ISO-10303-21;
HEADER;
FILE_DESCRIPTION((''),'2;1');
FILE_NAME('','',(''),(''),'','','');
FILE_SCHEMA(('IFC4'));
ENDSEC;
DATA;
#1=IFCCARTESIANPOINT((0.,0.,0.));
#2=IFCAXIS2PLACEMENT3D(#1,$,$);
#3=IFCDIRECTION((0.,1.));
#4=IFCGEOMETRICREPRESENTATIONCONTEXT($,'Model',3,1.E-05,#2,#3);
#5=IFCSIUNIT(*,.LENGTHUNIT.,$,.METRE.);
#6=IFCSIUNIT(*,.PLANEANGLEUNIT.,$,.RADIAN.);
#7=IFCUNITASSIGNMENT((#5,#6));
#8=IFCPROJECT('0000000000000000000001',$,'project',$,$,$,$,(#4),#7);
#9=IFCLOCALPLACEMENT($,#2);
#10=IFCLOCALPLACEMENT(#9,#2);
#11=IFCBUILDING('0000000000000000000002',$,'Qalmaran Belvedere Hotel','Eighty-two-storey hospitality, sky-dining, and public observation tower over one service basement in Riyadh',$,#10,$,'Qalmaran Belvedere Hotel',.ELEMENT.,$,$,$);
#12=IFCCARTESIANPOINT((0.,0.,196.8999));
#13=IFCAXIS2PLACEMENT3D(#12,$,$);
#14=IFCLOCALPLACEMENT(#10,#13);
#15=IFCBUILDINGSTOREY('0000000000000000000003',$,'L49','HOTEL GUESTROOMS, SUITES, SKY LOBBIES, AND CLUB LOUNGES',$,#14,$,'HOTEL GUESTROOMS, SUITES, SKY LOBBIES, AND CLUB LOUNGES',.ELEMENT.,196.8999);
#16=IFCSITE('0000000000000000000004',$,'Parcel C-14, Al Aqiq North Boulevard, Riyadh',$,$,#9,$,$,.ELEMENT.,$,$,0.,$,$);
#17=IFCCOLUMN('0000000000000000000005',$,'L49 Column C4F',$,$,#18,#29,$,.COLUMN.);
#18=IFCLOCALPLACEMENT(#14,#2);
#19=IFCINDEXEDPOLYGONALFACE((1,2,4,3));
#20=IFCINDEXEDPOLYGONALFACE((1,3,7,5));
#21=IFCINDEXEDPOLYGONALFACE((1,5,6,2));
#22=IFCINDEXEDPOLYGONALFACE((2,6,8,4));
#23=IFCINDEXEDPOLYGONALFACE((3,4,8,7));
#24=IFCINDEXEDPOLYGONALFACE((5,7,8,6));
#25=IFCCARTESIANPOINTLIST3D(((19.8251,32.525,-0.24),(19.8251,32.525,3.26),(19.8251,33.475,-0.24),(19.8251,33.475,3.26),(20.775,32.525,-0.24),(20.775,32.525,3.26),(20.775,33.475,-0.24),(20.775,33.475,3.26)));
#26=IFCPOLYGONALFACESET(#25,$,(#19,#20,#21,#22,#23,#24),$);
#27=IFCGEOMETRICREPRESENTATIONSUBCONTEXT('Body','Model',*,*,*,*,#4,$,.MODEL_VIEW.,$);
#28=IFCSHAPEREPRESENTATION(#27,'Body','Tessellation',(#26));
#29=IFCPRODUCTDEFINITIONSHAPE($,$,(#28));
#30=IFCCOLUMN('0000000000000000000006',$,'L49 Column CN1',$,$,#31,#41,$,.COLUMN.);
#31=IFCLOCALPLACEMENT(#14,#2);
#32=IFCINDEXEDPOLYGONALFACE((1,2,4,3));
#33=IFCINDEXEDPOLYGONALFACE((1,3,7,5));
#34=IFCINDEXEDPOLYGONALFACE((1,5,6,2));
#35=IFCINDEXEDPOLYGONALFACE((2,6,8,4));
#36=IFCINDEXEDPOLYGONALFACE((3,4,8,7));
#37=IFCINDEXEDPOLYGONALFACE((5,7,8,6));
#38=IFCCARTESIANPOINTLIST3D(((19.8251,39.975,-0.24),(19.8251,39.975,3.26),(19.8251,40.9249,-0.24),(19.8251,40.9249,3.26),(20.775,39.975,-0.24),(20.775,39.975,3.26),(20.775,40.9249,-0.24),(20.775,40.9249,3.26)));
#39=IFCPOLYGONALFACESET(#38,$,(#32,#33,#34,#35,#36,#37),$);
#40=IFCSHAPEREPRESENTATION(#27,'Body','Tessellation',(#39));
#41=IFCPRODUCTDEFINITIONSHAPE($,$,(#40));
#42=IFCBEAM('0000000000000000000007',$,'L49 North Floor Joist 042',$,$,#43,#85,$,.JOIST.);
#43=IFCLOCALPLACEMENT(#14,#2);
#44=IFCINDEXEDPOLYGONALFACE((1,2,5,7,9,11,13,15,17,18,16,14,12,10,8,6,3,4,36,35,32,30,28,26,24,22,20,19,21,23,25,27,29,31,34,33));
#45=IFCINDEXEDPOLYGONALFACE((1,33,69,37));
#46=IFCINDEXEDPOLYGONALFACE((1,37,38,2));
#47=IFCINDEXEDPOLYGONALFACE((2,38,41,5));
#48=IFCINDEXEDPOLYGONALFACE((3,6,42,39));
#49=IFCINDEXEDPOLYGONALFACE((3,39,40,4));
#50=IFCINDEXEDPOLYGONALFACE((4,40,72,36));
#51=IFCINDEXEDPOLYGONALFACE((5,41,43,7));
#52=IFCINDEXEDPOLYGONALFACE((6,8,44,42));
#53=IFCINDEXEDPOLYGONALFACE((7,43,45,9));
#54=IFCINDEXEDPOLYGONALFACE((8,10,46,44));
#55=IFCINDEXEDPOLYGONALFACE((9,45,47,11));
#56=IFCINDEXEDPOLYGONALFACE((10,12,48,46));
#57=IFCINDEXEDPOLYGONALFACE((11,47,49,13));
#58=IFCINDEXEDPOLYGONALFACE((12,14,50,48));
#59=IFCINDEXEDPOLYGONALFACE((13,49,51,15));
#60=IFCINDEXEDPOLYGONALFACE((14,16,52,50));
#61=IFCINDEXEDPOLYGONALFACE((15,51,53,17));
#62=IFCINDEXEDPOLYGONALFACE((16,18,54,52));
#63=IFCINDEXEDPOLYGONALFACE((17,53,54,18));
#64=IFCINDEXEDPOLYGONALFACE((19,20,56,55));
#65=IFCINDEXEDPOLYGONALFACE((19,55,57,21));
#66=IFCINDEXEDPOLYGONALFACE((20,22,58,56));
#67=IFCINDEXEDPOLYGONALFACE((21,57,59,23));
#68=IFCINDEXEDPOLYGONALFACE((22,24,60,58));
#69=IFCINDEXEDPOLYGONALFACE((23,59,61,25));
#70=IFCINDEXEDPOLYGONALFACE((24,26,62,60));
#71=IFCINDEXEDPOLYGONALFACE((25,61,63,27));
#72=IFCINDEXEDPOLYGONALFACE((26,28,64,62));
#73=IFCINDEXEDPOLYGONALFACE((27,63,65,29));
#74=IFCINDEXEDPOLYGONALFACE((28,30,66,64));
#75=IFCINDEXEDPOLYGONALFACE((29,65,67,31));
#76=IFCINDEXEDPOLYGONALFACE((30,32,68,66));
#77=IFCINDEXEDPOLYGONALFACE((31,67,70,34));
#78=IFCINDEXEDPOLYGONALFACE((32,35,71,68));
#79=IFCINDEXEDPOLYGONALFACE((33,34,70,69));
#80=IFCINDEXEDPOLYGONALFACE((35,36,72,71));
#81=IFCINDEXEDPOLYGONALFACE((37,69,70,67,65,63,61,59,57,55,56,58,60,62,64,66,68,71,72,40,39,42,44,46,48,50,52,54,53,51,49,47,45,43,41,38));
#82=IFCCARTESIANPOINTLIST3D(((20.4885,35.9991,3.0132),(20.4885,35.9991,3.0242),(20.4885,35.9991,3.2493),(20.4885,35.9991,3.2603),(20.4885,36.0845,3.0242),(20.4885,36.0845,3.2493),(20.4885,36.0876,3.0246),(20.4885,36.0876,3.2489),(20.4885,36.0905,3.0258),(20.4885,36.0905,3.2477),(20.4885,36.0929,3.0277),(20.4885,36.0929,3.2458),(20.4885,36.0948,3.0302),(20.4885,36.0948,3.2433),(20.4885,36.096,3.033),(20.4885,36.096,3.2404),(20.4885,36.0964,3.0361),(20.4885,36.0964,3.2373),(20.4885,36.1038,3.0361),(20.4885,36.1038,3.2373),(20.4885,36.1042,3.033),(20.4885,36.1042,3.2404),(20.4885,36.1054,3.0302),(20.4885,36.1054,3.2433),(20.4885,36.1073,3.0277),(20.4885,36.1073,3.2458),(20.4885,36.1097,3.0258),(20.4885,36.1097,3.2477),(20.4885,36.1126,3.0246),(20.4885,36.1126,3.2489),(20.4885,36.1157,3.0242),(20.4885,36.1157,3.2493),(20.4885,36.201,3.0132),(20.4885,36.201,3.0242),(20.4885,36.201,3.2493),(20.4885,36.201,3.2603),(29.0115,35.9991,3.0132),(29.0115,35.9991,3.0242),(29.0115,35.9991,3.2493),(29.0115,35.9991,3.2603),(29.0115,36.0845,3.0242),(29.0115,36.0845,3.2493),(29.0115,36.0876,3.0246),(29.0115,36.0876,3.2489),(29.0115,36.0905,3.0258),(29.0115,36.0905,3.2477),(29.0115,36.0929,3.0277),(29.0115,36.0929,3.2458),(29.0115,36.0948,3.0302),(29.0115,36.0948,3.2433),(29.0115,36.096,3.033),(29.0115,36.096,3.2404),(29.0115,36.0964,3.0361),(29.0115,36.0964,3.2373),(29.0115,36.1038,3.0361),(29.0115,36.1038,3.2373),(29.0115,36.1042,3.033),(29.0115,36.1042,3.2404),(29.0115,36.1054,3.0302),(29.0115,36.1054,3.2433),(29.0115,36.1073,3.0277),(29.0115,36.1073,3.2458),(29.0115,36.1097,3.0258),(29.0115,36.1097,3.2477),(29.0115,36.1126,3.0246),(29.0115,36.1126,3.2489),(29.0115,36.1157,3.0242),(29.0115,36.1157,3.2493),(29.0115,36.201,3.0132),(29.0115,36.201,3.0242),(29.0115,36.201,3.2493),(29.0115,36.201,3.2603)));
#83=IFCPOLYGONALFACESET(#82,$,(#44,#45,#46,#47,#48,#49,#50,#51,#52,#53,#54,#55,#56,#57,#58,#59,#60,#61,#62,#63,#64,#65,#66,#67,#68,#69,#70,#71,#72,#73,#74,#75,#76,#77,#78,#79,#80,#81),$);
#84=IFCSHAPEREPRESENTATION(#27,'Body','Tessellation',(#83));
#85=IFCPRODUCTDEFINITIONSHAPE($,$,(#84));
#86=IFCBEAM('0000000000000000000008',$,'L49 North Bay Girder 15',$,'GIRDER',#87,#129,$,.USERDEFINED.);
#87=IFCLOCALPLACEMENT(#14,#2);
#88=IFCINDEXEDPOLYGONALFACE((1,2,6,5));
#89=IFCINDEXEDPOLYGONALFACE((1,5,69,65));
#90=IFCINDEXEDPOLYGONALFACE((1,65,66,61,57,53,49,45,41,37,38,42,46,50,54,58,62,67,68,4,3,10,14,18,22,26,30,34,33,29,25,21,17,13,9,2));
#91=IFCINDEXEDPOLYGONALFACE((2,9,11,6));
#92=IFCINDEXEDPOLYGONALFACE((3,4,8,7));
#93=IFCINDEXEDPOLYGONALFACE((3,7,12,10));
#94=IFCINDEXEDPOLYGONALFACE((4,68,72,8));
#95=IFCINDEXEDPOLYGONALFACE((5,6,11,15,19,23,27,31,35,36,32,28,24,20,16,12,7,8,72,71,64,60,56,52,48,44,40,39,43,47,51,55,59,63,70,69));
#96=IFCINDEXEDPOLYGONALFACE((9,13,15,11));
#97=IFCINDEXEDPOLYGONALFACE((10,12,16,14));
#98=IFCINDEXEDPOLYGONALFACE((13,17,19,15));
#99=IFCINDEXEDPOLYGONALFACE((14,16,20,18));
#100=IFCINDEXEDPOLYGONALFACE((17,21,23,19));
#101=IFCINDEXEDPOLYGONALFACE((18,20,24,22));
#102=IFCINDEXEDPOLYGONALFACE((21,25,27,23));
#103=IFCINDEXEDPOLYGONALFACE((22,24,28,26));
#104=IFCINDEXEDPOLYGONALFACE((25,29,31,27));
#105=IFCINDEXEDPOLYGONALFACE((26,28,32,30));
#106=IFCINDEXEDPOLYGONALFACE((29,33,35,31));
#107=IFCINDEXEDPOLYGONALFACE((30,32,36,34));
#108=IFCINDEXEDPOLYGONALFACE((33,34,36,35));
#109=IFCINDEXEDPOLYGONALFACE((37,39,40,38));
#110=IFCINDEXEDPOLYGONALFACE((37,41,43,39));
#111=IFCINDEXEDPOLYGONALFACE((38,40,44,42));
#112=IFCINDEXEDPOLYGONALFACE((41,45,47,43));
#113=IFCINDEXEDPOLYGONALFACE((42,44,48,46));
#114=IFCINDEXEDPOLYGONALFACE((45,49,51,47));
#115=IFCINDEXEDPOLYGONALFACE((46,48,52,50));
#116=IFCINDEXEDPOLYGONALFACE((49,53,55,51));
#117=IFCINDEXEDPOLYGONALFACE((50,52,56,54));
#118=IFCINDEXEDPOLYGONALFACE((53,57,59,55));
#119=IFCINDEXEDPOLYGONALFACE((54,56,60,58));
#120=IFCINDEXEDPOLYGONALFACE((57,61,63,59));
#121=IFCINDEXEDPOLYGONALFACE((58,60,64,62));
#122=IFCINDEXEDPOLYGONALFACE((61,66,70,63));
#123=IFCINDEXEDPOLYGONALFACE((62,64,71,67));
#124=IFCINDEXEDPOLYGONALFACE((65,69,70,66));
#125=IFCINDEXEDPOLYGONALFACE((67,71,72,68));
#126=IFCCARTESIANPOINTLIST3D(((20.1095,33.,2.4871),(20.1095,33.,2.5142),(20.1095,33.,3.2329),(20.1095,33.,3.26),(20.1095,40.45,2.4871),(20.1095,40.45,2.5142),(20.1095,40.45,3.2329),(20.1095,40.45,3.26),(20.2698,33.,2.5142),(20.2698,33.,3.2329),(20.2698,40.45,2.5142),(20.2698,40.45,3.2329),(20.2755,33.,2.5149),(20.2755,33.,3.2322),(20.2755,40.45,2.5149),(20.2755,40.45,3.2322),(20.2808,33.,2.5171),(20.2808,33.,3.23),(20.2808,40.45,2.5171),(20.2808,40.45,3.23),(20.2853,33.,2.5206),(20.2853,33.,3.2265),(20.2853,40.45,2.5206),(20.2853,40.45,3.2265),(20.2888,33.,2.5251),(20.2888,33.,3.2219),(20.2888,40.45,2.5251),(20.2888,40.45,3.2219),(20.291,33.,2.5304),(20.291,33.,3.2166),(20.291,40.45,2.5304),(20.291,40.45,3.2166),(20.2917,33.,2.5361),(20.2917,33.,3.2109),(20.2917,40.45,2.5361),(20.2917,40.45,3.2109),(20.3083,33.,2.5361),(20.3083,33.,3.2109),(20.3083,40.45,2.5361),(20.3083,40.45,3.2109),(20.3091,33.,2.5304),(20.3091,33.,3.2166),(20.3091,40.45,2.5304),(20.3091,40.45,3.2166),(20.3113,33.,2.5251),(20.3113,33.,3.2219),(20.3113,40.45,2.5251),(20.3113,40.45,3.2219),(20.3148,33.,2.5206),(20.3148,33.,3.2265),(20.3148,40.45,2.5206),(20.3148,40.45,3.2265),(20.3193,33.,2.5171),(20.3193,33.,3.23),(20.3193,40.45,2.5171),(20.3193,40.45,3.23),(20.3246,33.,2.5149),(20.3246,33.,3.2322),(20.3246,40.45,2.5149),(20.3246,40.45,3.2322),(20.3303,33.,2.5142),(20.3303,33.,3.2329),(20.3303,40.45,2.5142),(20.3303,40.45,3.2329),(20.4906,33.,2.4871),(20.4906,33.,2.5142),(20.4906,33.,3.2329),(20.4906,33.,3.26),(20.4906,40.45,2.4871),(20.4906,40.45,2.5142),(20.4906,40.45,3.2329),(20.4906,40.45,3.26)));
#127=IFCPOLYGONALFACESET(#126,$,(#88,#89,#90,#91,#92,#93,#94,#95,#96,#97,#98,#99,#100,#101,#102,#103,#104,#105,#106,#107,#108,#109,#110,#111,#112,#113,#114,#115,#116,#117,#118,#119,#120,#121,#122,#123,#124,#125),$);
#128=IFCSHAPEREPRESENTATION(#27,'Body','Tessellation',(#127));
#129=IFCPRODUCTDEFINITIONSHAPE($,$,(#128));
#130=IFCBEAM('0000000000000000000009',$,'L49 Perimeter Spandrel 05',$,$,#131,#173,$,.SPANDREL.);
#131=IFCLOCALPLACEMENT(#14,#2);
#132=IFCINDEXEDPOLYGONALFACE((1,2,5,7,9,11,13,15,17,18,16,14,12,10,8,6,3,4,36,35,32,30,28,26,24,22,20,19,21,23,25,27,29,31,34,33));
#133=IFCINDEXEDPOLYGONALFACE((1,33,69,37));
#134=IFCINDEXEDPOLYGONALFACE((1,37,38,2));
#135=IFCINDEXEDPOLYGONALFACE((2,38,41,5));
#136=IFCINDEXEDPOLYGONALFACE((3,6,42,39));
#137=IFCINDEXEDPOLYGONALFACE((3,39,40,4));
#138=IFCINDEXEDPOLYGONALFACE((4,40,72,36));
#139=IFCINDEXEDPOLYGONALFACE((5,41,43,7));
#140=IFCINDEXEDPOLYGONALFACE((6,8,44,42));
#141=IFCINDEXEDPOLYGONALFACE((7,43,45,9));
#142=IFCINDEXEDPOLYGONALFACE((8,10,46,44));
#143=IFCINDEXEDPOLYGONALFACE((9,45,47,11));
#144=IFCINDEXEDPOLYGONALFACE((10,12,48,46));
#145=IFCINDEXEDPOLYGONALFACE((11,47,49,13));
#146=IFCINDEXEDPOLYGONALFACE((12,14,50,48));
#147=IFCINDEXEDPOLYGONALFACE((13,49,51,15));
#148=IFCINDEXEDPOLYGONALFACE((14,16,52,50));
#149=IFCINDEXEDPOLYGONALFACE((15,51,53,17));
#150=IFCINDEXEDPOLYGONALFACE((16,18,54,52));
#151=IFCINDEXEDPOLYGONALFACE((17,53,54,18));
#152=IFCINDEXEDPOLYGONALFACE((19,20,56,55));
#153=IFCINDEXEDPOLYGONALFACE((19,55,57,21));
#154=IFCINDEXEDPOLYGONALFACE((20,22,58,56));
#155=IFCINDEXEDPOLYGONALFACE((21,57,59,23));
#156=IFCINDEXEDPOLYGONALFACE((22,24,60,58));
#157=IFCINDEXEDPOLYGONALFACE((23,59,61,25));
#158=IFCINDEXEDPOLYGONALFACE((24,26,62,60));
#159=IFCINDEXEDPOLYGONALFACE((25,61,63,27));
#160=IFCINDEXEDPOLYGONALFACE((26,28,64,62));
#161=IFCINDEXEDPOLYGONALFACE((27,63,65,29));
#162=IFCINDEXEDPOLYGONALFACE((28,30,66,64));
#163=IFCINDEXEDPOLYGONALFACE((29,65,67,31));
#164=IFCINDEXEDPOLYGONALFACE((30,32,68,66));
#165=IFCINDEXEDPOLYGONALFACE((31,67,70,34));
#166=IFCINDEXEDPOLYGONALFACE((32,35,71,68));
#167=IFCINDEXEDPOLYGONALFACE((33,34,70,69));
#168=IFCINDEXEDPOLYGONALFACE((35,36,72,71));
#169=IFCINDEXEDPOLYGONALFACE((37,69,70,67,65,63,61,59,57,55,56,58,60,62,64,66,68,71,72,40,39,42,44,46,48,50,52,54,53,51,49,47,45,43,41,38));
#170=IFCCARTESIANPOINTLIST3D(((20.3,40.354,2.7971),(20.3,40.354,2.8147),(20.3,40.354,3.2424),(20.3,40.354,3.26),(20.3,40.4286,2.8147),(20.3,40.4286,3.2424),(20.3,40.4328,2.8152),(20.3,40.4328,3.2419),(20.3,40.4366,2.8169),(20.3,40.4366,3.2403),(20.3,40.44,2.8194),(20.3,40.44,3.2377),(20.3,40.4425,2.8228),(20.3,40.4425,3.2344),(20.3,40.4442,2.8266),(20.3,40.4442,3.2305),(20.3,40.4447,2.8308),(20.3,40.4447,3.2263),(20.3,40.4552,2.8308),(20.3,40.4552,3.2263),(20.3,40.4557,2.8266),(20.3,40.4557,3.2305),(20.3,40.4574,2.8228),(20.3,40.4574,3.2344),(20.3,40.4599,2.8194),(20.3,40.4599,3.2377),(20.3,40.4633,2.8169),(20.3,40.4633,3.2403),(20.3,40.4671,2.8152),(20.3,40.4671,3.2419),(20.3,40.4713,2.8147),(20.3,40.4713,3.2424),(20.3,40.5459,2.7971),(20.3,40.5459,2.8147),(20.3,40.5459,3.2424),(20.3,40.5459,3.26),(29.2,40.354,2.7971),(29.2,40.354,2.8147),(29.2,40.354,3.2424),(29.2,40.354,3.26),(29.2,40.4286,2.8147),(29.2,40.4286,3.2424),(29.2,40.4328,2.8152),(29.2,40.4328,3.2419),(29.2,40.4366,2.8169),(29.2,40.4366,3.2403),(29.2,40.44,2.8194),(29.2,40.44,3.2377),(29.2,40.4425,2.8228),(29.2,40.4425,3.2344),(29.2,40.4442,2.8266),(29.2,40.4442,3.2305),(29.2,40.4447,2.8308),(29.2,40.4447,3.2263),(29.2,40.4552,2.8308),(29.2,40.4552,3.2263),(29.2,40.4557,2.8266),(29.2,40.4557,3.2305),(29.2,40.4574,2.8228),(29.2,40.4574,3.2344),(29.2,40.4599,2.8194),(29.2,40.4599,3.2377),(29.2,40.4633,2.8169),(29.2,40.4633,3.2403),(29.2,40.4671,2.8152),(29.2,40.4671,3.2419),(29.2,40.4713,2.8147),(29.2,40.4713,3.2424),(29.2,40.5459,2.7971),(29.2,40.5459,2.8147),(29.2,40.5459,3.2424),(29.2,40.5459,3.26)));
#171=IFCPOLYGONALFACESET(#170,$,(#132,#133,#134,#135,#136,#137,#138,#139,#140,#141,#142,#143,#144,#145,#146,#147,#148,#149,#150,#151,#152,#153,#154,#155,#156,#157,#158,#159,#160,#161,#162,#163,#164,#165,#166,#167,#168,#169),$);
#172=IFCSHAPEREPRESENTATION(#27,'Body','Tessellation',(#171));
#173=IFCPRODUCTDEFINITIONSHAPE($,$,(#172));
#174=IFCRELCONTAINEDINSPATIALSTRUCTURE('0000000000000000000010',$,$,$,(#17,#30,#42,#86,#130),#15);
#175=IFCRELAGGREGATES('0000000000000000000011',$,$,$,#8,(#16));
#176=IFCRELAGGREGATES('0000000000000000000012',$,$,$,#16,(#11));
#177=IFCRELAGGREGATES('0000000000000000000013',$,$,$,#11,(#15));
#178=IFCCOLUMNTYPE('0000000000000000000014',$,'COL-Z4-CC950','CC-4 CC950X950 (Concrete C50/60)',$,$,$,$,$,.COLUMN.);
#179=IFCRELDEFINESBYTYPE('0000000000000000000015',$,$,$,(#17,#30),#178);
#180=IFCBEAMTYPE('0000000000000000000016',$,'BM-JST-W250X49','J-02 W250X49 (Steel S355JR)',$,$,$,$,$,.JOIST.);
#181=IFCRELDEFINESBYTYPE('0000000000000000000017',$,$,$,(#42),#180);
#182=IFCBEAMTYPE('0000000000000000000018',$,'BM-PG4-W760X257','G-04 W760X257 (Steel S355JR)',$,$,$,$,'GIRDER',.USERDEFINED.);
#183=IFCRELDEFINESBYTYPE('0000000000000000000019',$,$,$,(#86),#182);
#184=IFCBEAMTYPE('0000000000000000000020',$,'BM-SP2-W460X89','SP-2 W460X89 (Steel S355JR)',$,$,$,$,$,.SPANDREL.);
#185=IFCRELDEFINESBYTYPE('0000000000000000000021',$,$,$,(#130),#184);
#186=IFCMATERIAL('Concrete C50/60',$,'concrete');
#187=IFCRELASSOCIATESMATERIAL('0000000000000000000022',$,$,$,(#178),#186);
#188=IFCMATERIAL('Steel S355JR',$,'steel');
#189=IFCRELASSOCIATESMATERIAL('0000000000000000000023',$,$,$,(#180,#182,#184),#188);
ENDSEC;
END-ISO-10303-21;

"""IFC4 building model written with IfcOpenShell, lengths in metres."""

from ifc_helpers import new_model, si_unit, direction, frame, origin, origin_2d, place, context, subcontext, project, spatial, rectangle, i_section, extrude, material, material_profile, profile_set, type_object, element, save


model = new_model("IFC4")

# Units and contexts
model_context = context("Model", 3, precision=1e-05, world=origin(), true_north=direction((0.0, 1.0)))
body_context = subcontext(model_context, "Body", "Model", "MODEL_VIEW")
ifc_project = project(units=[si_unit("LENGTHUNIT", "METRE"), si_unit("PLANEANGLEUNIT", "RADIAN")], contexts=[model_context])

# Site, building, storey
site_placement = place(None, origin())
site = spatial("IfcSite", under=ifc_project, at=site_placement, Name="Parcel C-14, Al Aqiq North Boulevard, Riyadh", CompositionType="ELEMENT", RefElevation=0.0)
building_placement = place(site_placement, origin())
building = spatial("IfcBuilding", under=site, at=building_placement, Name="Qalmaran Belvedere Hotel", Description="Eighty-two-storey hospitality, sky-dining, and public observation tower over one service basement in Riyadh", LongName="Qalmaran Belvedere Hotel", CompositionType="ELEMENT")
storey_placement = place(building_placement, frame((0.0, 0.0, 196.8999)))
storey = spatial("IfcBuildingStorey", under=building, at=storey_placement, Name="L49", Description="HOTEL GUESTROOMS, SUITES, SKY LOBBIES, AND CLUB LOUNGES", LongName="HOTEL GUESTROOMS, SUITES, SKY LOBBIES, AND CLUB LOUNGES", CompositionType="ELEMENT", Elevation=196.8999)

# Columns
ifc_material_1 = material(Name="Concrete C50/60", Category="concrete")
ifc_material_profile_1 = material_profile(ifc_material_1, rectangle(XDim=0.95, YDim=0.95, at=origin_2d()), Name="CC950X950")
ifc_profile_set_1 = profile_set([ifc_material_profile_1], Name="Concrete C50/60")
column_type = type_object("IfcColumnType", Name="COL-Z4-CC950", Description="CC-4 CC950X950 (Concrete C50/60)", PredefinedType="COLUMN", material=ifc_profile_set_1)
for number, where, z_axis, x_axis, name in (
    (1, (20.3, 33.0, -0.24), (0.0, 0.0, 1.0), (1.0, 0.0, 0.0), "L49 Column C4F"),
    (2, (20.3, 40.45, -0.24), (0.0, 0.0, 1.0), (1.0, 0.0, 0.0), "L49 Column CN1"),
):
    element("IfcColumn", number, at=place(storey_placement, frame(where, z_axis=z_axis, x_axis=x_axis)), inside=storey, type_object=column_type, Name=name, PredefinedType="COLUMN", context=body_context, shape_type="SweptSolid", body=[
        extrude(rectangle(XDim=0.95, YDim=0.95, at=origin_2d()), origin(), (0.0, 0.0, 1.0), 3.5),
    ])

# Beams
ifc_material_2 = material(Name="Steel S355JR", Category="steel")
ifc_material_profile_2 = material_profile(ifc_material_2, i_section(OverallWidth=0.2019, OverallDepth=0.2471, WebThickness=0.0073, FlangeThickness=0.011, FilletRadius=0.012, at=origin_2d()), Name="W250X49")
ifc_profile_set_2 = profile_set([ifc_material_profile_2], Name="Steel S355JR")
beam_type_1 = type_object("IfcBeamType", Name="BM-JST-W250X49", Description="J-02 W250X49 (Steel S355JR)", PredefinedType="JOIST", material=ifc_profile_set_2)
beam_1_placement = place(storey_placement, frame((20.4885, 36.1001, 3.1367), z_axis=(1.0, 0.0, 0.0), x_axis=(0.0, 1.0, 0.0)))
element("IfcBeam", 3, at=beam_1_placement, inside=storey, type_object=beam_type_1, Name="L49 North Floor Joist 042", PredefinedType="JOIST", context=body_context, shape_type="SweptSolid", body=[
    extrude(i_section(OverallWidth=0.2019, OverallDepth=0.2471, WebThickness=0.0073, FlangeThickness=0.011, FilletRadius=0.012, at=origin_2d()), origin(), (0.0, 0.0, 1.0), 8.5229),
])
ifc_material_profile_3 = material_profile(ifc_material_2, i_section(OverallWidth=0.3811, OverallDepth=0.7729, WebThickness=0.0166, FlangeThickness=0.0271, FilletRadius=0.022, at=origin_2d()), Name="W760X257")
ifc_profile_set_3 = profile_set([ifc_material_profile_3], Name="Steel S355JR")
beam_type_2 = type_object("IfcBeamType", Name="BM-PG4-W760X257", Description="G-04 W760X257 (Steel S355JR)", ElementType="GIRDER", PredefinedType="USERDEFINED", material=ifc_profile_set_3)
beam_2_placement = place(storey_placement, frame((20.3, 33.0, 2.8735), z_axis=(0.0, 1.0, 0.0), x_axis=(-1.0, 0.0, 0.0)))
element("IfcBeam", 4, at=beam_2_placement, inside=storey, type_object=beam_type_2, Name="L49 North Bay Girder 15", ObjectType="GIRDER", PredefinedType="USERDEFINED", context=body_context, shape_type="SweptSolid", body=[
    extrude(i_section(OverallWidth=0.3811, OverallDepth=0.7729, WebThickness=0.0166, FlangeThickness=0.0271, FilletRadius=0.022, at=origin_2d()), origin(), (0.0, 0.0, 1.0), 7.45),
])
ifc_material_profile_4 = material_profile(ifc_material_2, i_section(OverallWidth=0.1919, OverallDepth=0.4629, WebThickness=0.0105, FlangeThickness=0.0176, FilletRadius=0.0161, at=origin_2d()), Name="W460X89")
ifc_profile_set_4 = profile_set([ifc_material_profile_4], Name="Steel S355JR")
beam_type_3 = type_object("IfcBeamType", Name="BM-SP2-W460X89", Description="SP-2 W460X89 (Steel S355JR)", PredefinedType="SPANDREL", material=ifc_profile_set_4)
beam_3_placement = place(storey_placement, frame((20.3, 40.45, 3.0286), z_axis=(1.0, 0.0, 0.0), x_axis=(0.0, 1.0, 0.0)))
element("IfcBeam", 5, at=beam_3_placement, inside=storey, type_object=beam_type_3, Name="L49 Perimeter Spandrel 05", PredefinedType="SPANDREL", context=body_context, shape_type="SweptSolid", body=[
    extrude(i_section(OverallWidth=0.1919, OverallDepth=0.4629, WebThickness=0.0105, FlangeThickness=0.0176, FilletRadius=0.0161, at=origin_2d()), origin(), (0.0, 0.0, 1.0), 8.8999),
])

save(model, "model.ifc")
